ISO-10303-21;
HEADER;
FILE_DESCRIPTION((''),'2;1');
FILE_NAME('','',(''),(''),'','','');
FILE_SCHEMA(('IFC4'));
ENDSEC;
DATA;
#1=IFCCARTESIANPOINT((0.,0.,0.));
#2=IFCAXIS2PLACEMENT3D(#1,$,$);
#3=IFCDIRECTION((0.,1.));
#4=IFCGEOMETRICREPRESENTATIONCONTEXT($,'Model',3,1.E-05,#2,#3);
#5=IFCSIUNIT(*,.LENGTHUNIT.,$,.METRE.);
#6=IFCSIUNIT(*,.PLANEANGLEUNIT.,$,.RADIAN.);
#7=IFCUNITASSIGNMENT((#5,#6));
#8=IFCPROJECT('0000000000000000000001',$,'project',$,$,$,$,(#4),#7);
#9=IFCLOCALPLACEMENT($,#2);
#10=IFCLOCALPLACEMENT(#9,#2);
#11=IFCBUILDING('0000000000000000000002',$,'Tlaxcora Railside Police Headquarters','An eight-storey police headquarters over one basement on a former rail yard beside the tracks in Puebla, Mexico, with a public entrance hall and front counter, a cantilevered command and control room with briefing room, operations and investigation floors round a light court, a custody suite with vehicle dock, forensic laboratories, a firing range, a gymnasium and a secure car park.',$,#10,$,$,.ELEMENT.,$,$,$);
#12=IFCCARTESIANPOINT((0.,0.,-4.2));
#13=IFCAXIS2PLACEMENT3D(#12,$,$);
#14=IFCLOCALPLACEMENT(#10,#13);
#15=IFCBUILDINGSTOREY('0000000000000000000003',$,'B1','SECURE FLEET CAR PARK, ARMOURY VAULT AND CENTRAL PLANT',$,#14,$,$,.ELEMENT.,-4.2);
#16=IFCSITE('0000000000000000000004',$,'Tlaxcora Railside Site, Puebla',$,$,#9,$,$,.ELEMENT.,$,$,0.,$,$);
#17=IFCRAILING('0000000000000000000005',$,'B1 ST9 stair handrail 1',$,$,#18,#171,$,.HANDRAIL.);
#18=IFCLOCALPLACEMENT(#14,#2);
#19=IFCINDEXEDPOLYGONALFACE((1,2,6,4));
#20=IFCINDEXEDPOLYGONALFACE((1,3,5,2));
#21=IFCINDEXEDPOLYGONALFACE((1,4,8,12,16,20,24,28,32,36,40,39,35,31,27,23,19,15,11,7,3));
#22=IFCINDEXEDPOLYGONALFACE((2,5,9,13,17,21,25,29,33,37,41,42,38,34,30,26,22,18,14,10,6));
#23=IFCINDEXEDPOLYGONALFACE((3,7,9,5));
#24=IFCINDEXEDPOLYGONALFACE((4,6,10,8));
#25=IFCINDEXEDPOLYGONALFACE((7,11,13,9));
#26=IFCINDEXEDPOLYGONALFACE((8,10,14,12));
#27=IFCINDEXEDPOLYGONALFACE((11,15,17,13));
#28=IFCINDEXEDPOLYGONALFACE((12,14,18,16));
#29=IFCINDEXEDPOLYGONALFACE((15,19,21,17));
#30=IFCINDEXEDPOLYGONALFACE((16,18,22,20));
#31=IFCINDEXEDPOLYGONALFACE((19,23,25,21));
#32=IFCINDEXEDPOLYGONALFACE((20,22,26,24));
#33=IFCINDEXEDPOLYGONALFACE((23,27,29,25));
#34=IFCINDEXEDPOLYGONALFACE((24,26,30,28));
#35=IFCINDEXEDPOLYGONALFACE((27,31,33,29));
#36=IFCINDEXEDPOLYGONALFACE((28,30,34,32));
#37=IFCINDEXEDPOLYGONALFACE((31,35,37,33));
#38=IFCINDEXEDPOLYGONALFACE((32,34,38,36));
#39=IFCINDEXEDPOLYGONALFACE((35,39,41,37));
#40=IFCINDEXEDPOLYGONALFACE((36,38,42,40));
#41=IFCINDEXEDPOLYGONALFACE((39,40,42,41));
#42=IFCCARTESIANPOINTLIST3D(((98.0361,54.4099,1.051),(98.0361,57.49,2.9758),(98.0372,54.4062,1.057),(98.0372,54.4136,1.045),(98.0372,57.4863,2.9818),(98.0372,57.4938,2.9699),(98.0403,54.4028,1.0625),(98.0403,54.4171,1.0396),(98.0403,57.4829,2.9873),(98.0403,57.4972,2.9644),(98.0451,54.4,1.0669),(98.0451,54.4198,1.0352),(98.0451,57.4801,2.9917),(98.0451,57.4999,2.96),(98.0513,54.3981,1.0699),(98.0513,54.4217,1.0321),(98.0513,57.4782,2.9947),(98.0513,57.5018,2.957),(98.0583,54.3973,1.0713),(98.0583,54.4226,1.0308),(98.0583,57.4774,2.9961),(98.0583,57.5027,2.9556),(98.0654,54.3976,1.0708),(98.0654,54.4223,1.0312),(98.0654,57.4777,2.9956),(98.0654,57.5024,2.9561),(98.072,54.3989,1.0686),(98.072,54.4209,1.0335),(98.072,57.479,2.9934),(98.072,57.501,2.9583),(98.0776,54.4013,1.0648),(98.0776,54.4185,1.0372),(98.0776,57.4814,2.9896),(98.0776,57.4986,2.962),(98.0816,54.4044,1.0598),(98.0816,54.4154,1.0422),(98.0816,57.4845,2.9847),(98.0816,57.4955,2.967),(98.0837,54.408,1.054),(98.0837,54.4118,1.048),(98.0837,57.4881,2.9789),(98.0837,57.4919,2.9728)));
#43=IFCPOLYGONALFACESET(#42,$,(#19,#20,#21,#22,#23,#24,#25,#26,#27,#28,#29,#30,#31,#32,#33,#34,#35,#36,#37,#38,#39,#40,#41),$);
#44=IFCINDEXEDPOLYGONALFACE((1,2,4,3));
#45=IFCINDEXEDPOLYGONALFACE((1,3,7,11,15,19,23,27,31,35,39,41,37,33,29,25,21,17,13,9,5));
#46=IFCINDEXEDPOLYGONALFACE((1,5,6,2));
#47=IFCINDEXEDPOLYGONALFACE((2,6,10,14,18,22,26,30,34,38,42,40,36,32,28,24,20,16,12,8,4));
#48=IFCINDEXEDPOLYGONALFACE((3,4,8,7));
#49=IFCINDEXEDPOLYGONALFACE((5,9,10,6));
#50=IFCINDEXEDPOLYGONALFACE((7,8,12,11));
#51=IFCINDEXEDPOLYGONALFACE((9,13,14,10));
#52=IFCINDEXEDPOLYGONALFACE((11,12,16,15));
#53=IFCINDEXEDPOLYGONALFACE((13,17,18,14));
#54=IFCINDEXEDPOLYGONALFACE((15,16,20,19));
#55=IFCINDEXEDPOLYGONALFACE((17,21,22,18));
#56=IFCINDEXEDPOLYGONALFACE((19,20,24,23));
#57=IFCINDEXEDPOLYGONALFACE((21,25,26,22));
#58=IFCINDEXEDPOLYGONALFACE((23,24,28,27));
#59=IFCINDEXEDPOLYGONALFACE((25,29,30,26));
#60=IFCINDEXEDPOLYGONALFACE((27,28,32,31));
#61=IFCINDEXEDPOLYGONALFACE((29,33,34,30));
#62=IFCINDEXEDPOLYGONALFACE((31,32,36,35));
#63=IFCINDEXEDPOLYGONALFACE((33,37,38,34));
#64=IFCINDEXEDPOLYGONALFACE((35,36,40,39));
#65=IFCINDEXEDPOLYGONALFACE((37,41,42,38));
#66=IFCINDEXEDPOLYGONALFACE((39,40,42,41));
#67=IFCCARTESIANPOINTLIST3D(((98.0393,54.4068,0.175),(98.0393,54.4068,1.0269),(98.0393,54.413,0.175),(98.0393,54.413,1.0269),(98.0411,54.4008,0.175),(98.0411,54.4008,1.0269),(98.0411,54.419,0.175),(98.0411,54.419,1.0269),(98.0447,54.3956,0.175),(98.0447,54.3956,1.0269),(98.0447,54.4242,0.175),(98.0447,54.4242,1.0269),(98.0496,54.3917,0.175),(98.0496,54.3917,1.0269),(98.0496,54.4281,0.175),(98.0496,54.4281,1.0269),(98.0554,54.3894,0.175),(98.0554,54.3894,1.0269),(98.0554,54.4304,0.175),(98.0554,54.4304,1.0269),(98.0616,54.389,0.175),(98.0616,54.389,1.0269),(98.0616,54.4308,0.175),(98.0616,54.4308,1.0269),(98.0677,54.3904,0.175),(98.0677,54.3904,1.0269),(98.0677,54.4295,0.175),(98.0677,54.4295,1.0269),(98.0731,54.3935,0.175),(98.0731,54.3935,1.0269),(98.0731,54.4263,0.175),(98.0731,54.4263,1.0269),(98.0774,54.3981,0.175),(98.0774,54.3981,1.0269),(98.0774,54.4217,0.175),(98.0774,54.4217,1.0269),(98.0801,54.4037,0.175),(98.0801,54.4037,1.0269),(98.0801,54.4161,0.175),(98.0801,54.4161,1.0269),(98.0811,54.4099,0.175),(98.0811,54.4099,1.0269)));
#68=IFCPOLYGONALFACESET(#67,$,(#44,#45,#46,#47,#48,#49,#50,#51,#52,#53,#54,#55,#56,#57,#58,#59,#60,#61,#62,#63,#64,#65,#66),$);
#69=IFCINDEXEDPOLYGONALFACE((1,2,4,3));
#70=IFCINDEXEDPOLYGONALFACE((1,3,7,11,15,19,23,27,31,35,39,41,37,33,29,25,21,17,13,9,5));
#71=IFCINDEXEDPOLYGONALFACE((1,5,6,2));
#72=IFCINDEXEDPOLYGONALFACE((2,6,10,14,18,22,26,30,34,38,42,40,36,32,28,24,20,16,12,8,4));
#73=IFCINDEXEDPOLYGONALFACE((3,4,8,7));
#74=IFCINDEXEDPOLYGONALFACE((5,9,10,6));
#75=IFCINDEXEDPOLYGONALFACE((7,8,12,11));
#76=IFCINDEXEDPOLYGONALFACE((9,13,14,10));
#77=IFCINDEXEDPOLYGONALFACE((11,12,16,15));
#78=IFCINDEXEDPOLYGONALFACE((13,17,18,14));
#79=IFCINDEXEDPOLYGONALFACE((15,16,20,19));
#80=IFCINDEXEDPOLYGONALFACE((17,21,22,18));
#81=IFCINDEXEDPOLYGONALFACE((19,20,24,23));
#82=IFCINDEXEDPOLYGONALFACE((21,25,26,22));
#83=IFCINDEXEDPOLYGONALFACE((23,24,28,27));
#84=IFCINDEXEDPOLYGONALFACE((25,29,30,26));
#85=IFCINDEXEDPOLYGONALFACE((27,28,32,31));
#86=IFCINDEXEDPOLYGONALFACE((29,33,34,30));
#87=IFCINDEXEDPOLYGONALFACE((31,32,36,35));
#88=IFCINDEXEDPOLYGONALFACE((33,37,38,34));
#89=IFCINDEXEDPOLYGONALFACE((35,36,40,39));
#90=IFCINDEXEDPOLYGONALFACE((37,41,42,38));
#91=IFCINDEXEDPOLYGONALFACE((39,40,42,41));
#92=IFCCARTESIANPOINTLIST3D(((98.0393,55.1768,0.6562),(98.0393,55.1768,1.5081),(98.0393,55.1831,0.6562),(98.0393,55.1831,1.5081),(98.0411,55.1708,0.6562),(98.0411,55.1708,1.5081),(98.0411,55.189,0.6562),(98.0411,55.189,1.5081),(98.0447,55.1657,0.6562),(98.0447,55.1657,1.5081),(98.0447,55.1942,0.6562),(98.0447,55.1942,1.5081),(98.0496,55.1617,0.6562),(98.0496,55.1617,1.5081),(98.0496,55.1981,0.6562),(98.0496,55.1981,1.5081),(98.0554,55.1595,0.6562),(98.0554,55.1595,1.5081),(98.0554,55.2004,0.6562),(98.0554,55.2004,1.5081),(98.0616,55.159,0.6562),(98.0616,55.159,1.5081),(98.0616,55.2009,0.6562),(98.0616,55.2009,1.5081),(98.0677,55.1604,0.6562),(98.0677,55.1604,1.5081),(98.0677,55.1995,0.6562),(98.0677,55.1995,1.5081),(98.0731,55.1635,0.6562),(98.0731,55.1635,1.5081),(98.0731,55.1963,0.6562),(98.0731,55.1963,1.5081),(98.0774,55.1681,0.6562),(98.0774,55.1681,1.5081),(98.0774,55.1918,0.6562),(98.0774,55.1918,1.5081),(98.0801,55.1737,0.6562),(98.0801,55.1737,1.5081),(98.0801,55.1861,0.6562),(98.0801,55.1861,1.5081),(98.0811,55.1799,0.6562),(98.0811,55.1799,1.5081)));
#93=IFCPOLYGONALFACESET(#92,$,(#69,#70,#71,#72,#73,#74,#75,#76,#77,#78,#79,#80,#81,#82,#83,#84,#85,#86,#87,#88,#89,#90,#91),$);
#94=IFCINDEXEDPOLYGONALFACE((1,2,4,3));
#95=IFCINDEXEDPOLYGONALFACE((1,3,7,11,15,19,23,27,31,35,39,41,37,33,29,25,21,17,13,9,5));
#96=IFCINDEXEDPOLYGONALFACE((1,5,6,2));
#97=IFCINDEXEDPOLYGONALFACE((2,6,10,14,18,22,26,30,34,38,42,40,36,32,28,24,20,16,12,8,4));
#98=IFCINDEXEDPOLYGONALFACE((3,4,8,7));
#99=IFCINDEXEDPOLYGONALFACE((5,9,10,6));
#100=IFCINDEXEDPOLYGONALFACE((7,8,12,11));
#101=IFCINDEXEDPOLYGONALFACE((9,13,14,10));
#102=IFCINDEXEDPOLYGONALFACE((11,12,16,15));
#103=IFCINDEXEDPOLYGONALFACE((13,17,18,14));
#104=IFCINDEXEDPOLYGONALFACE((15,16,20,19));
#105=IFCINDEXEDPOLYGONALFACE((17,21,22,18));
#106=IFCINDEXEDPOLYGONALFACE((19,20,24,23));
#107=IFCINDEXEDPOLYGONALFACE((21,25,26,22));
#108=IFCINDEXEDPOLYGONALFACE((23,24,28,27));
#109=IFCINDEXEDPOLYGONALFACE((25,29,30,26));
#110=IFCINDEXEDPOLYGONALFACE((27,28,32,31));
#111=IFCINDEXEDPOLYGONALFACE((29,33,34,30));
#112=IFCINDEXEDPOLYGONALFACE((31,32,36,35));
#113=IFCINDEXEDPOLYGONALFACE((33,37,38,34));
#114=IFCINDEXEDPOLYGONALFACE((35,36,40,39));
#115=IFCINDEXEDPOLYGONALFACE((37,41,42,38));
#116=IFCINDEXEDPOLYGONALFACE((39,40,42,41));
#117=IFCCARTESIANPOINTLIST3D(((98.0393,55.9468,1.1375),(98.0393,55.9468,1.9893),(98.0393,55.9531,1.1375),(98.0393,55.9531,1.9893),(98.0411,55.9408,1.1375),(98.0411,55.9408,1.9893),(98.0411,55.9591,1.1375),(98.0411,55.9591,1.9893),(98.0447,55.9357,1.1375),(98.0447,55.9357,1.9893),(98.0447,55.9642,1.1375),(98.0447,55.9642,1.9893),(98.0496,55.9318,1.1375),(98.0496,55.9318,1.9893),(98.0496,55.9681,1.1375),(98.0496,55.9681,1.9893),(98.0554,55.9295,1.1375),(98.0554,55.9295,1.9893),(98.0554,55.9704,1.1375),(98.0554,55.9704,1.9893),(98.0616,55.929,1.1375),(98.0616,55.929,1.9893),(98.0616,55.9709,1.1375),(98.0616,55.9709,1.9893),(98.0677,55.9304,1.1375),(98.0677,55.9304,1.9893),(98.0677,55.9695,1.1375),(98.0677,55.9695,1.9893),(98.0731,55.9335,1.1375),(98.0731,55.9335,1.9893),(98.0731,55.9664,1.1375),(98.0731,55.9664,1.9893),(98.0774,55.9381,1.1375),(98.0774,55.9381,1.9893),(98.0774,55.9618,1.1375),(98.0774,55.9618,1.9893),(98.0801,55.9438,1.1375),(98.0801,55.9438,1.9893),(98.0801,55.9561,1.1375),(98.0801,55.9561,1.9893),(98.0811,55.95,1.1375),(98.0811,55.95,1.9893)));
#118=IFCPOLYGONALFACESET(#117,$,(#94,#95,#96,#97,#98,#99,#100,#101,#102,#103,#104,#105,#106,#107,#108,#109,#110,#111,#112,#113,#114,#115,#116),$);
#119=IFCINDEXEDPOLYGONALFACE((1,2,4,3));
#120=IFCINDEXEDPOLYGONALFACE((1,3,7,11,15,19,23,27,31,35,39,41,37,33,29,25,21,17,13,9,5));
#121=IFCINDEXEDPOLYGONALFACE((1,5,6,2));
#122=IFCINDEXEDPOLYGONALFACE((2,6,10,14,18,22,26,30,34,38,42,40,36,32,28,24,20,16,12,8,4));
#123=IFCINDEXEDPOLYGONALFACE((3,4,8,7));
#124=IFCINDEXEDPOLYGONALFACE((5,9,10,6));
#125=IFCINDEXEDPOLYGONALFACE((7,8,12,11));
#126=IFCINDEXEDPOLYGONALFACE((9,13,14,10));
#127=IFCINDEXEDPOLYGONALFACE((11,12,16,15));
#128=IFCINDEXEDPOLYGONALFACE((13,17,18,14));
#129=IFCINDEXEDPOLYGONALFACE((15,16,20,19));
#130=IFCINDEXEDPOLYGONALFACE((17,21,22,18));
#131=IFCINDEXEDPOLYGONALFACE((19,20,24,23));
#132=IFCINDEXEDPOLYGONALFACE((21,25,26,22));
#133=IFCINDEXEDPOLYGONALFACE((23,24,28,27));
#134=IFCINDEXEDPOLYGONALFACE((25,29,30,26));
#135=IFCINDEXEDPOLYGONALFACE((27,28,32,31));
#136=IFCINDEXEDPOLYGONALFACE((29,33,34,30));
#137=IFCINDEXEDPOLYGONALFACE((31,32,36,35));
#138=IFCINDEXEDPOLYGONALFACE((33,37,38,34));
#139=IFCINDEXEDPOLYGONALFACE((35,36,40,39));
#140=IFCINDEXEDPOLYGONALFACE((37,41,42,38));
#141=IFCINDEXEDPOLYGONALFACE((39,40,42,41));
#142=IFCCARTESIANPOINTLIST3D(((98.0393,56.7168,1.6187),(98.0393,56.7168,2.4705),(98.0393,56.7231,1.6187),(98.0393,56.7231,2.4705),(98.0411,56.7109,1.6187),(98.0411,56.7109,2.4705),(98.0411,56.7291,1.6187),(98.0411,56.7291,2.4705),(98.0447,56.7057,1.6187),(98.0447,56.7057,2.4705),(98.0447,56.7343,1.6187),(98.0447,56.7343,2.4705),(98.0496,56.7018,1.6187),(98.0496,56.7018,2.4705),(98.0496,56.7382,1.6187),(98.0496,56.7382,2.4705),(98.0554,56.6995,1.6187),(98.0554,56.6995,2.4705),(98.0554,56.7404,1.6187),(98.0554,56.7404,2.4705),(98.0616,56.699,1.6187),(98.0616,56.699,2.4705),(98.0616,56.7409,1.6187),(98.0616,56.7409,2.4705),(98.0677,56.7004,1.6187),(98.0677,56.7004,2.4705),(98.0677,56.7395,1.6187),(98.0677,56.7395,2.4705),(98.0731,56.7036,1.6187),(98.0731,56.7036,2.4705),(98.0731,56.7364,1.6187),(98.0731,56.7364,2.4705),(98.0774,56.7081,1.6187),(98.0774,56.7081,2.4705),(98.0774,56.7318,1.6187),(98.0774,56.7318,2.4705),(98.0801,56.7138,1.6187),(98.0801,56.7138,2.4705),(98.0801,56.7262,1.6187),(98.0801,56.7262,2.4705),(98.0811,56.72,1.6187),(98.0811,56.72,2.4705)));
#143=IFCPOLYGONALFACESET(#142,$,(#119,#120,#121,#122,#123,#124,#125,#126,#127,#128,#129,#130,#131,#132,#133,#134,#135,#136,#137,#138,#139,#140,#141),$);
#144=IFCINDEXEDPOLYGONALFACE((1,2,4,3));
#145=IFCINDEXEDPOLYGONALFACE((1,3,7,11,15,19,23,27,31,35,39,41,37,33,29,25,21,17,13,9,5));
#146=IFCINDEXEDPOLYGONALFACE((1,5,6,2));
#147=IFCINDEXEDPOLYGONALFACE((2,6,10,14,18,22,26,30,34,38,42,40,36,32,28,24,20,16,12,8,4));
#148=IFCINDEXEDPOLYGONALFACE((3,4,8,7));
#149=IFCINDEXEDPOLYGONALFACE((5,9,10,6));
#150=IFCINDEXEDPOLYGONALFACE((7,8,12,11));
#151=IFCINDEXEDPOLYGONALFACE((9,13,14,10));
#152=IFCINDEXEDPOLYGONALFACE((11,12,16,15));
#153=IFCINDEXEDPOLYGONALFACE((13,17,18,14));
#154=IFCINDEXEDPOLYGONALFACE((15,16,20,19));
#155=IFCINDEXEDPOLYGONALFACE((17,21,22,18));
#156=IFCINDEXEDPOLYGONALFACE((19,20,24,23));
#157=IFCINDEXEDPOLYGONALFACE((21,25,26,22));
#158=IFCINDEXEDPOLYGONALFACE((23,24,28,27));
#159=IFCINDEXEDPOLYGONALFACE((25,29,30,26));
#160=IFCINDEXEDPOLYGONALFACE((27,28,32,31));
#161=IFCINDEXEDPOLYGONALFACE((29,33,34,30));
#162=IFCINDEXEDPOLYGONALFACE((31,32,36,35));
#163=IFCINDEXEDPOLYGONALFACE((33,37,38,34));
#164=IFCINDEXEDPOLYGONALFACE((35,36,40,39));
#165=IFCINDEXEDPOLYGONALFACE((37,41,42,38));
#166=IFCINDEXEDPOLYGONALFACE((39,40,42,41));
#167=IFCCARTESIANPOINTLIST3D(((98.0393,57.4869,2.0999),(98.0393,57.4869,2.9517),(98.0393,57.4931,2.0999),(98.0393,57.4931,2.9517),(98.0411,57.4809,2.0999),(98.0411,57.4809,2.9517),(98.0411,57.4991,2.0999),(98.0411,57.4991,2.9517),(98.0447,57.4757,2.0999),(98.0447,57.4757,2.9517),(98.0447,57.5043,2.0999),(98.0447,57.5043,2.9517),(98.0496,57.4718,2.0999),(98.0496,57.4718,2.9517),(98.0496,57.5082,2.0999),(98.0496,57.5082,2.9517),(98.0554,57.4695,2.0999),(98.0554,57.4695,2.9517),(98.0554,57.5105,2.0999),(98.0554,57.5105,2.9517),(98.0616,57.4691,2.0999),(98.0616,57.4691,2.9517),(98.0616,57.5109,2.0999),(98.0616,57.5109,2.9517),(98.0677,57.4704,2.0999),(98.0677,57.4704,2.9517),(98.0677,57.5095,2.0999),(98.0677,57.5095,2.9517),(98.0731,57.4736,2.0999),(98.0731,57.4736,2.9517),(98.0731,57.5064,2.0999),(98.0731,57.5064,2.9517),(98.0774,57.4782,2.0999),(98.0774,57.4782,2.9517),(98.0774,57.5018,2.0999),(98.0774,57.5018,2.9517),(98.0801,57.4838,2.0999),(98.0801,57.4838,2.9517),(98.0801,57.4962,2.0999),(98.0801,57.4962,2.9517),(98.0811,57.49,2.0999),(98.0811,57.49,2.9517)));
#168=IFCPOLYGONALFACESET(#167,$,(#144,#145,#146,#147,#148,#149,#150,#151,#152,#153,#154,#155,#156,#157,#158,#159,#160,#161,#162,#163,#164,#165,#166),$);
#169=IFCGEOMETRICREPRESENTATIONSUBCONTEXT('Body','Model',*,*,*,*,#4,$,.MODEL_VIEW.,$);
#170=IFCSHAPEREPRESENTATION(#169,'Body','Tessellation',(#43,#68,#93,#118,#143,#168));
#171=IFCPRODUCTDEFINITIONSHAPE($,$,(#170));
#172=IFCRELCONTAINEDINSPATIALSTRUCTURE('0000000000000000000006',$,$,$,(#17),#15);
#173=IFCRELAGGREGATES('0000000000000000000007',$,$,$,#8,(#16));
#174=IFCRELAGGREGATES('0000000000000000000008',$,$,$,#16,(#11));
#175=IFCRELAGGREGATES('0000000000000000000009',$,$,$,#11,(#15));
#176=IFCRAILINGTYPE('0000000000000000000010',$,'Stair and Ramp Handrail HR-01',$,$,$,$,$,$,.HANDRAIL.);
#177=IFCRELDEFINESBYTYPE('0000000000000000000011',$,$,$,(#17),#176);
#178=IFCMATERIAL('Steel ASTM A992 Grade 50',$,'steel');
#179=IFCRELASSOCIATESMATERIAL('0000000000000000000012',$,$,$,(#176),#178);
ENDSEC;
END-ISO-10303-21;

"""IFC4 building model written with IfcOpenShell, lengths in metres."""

from ifc_helpers import new_model, si_unit, direction, frame, origin, origin_2d, place, context, subcontext, project, spatial, circle, extrude, material, type_object, element, save


model = new_model("IFC4")

# Units and contexts
model_context = context("Model", 3, precision=1e-05, world=origin(), true_north=direction((0.0, 1.0)))
body_context = subcontext(model_context, "Body", "Model", "MODEL_VIEW")
ifc_project = project(units=[si_unit("LENGTHUNIT", "METRE"), si_unit("PLANEANGLEUNIT", "RADIAN")], contexts=[model_context])

# Site, building, storey
site_placement = place(None, origin())
site = spatial("IfcSite", under=ifc_project, at=site_placement, Name="Tlaxcora Railside Site, Puebla", CompositionType="ELEMENT", RefElevation=0.0)
building_placement = place(site_placement, origin())
building = spatial("IfcBuilding", under=site, at=building_placement, Name="Tlaxcora Railside Police Headquarters", Description="An eight-storey police headquarters over one basement on a former rail yard beside the tracks in Puebla, Mexico, with a public entrance hall and front counter, a cantilevered command and control room with briefing room, operations and investigation floors round a light court, a custody suite with vehicle dock, forensic laboratories, a firing range, a gymnasium and a secure car park.", CompositionType="ELEMENT")
storey_placement = place(building_placement, frame((0.0, 0.0, -4.2)))
storey = spatial("IfcBuildingStorey", under=building, at=storey_placement, Name="B1", Description="SECURE FLEET CAR PARK, ARMOURY VAULT AND CENTRAL PLANT", CompositionType="ELEMENT", Elevation=-4.2)

# Shared definitions
ifc_material_1 = material(Name="Steel ASTM A992 Grade 50", Category="steel")

# Railing
railing_type_1 = type_object("IfcRailingType", Name="Stair and Ramp Handrail HR-01", PredefinedType="HANDRAIL", material=ifc_material_1)
railing_1_placement = place(storey_placement, frame((98.0601, 54.4099, 0.175)))
element("IfcRailing", 1, at=railing_1_placement, inside=storey, type_object=railing_type_1, Name="B1 ST9 stair handrail 1", PredefinedType="HANDRAIL", context=body_context, shape_type="SweptSolid", body=[
    extrude(circle(Radius=0.0239, at=origin_2d()), frame((0.0, 0.0, 0.876), z_axis=(0.0, 0.848029, 0.529951), x_axis=(-1.0, 0.0, 0.0)), (0.0, 0.0, 1.0), 3.6321),
    extrude(circle(Radius=0.021, at=origin_2d()), origin(), (0.0, 0.0, 1.0), 0.8518),
    extrude(circle(Radius=0.021, at=origin_2d()), frame((0.0, 0.77, 0.4812)), (0.0, 0.0, 1.0), 0.8518),
    extrude(circle(Radius=0.021, at=origin_2d()), frame((0.0, 1.54, 0.9624)), (0.0, 0.0, 1.0), 0.8518),
    extrude(circle(Radius=0.021, at=origin_2d()), frame((0.0, 2.3101, 1.4436)), (0.0, 0.0, 1.0), 0.8518),
    extrude(circle(Radius=0.021, at=origin_2d()), frame((0.0, 3.0801, 1.9248)), (0.0, 0.0, 1.0), 0.8518),
])

save(model, "model.ifc")
